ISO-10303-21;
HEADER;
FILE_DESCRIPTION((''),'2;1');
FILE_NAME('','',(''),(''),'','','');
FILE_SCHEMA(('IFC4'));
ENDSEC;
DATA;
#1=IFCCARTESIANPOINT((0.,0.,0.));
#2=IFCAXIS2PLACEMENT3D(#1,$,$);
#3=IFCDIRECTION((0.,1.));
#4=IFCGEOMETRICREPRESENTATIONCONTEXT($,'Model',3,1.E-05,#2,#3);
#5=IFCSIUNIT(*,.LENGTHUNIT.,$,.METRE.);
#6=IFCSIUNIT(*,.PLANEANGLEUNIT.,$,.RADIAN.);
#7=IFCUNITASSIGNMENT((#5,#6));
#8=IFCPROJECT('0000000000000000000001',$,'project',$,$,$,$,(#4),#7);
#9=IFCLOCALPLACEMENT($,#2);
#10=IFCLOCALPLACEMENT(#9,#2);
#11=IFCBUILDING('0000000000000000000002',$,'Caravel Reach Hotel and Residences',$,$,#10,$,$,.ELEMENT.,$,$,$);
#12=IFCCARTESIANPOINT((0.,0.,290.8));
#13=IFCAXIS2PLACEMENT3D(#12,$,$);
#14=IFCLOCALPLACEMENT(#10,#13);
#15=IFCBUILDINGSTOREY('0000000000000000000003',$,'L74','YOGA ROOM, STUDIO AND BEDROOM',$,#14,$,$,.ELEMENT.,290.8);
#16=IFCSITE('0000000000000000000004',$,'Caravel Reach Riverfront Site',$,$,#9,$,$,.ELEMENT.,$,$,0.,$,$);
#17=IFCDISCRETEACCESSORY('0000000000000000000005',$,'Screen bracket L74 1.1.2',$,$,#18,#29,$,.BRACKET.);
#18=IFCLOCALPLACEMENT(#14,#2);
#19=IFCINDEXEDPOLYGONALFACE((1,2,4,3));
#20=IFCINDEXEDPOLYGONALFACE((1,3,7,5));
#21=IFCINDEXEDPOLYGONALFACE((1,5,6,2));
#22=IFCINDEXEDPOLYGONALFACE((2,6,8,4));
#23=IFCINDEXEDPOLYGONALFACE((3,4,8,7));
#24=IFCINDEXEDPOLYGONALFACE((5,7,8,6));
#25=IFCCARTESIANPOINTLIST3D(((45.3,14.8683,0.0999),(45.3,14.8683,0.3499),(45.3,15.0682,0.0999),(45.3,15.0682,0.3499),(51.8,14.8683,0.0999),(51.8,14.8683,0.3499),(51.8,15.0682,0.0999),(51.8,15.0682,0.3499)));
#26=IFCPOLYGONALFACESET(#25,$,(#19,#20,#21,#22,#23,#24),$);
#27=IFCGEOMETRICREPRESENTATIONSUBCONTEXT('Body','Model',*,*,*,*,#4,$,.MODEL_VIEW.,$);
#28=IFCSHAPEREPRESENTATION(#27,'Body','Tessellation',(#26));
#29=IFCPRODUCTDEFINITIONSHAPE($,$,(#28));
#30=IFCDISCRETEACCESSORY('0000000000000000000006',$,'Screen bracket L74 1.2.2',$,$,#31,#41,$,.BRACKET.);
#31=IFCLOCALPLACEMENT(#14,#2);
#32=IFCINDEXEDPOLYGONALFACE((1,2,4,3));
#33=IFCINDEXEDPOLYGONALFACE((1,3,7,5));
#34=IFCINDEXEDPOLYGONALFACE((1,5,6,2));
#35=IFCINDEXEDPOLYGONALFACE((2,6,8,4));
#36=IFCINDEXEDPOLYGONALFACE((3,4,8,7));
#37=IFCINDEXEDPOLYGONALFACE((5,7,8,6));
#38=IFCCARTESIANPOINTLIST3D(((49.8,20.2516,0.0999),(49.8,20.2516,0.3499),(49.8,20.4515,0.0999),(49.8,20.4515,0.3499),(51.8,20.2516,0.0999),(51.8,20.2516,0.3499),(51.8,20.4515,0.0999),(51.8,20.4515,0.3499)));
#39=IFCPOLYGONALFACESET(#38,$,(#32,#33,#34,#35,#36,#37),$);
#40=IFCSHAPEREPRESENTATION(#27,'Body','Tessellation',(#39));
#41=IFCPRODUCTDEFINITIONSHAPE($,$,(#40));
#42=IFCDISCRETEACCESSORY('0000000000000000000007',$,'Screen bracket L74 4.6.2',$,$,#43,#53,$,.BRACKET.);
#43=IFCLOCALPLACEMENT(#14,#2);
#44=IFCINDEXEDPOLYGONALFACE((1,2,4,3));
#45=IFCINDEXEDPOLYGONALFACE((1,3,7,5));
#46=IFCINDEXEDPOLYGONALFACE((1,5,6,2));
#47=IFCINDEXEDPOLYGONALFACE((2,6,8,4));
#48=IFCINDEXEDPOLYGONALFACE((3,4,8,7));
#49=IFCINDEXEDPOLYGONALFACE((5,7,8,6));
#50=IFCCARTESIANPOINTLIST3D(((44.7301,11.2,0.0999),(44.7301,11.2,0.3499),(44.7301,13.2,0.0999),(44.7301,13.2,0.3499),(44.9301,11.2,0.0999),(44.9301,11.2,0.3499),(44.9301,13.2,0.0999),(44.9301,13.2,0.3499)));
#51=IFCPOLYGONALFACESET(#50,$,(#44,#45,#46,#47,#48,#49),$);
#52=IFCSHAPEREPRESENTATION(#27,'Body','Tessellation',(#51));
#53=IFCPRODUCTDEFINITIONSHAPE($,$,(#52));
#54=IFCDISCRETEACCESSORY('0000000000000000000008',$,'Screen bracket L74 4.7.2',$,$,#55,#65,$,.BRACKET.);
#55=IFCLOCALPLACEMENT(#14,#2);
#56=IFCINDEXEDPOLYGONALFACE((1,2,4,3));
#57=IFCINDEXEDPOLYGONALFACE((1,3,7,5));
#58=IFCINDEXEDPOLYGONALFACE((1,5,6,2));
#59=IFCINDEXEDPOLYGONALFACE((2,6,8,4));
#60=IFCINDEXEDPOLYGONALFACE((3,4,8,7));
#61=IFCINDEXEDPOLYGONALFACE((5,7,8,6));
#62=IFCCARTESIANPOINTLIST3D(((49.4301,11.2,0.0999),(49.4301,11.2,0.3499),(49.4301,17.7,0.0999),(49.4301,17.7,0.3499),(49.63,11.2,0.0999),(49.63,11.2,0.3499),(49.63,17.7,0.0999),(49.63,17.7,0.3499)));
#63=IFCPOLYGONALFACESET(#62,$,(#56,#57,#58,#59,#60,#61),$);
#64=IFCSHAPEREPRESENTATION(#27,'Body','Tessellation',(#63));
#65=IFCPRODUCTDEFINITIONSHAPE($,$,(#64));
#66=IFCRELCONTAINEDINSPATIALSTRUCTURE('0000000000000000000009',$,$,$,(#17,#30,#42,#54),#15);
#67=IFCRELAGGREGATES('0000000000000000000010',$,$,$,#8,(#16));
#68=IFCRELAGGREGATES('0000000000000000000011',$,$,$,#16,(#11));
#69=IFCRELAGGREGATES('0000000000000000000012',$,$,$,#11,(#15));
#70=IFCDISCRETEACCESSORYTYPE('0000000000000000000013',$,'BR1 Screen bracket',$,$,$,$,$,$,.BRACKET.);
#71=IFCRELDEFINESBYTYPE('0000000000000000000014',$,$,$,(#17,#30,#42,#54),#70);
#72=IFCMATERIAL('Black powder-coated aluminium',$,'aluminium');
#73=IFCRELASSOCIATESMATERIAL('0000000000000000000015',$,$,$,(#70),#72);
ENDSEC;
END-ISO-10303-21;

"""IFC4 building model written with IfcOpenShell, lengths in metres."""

from ifc_helpers import new_model, si_unit, direction, frame, origin, origin_2d, place, context, subcontext, project, spatial, rectangle, extrude, material, type_object, element, save


model = new_model("IFC4")

# Units and contexts
model_context = context("Model", 3, precision=1e-05, world=origin(), true_north=direction((0.0, 1.0)))
body_context = subcontext(model_context, "Body", "Model", "MODEL_VIEW")
ifc_project = project(units=[si_unit("LENGTHUNIT", "METRE"), si_unit("PLANEANGLEUNIT", "RADIAN")], contexts=[model_context])

# Site, building, storey
site_placement = place(None, origin())
site = spatial("IfcSite", under=ifc_project, at=site_placement, Name="Caravel Reach Riverfront Site", CompositionType="ELEMENT", RefElevation=0.0)
building_placement = place(site_placement, origin())
building = spatial("IfcBuilding", under=site, at=building_placement, Name="Caravel Reach Hotel and Residences", CompositionType="ELEMENT")
storey_placement = place(building_placement, frame((0.0, 0.0, 290.8)))
storey = spatial("IfcBuildingStorey", under=building, at=storey_placement, Name="L74", Description="YOGA ROOM, STUDIO AND BEDROOM", CompositionType="ELEMENT", Elevation=290.8)

# Discrete accessories
ifc_material_1 = material(Name="Black powder-coated aluminium", Category="aluminium")
discrete_accessory_type = type_object("IfcDiscreteAccessoryType", Name="BR1 Screen bracket", PredefinedType="BRACKET", material=ifc_material_1)
discrete_accessory_1_placement = place(storey_placement, frame((48.55, 14.9683, 0.0999), z_axis=(0.0, 0.0, 1.0), x_axis=(1.0, 0.0, 0.0)))
element("IfcDiscreteAccessory", 1, at=discrete_accessory_1_placement, inside=storey, type_object=discrete_accessory_type, Name="Screen bracket L74 1.1.2", PredefinedType="BRACKET", context=body_context, shape_type="SweptSolid", body=[
    extrude(rectangle(XDim=6.5, YDim=0.2, at=origin_2d()), origin(), (0.0, 0.0, 1.0), 0.25),
])
for number, where, z_axis, x_axis, name in (
    (2, (50.8, 20.3516, 0.0999), (0.0, 0.0, 1.0), (1.0, 0.0, 0.0), "Screen bracket L74 1.2.2"),
    (3, (44.8301, 12.2, 0.0999), (0.0, 0.0, 1.0), (0.0, -1.0, 0.0), "Screen bracket L74 4.6.2"),
):
    element("IfcDiscreteAccessory", number, at=place(storey_placement, frame(where, z_axis=z_axis, x_axis=x_axis)), inside=storey, type_object=discrete_accessory_type, Name=name, PredefinedType="BRACKET", context=body_context, shape_type="SweptSolid", body=[
        extrude(rectangle(XDim=2.0, YDim=0.2, at=origin_2d()), origin(), (0.0, 0.0, 1.0), 0.25),
    ])
discrete_accessory_2_placement = place(storey_placement, frame((49.53, 14.45, 0.0999), z_axis=(0.0, 0.0, 1.0), x_axis=(0.0, -1.0, 0.0)))
element("IfcDiscreteAccessory", 4, at=discrete_accessory_2_placement, inside=storey, type_object=discrete_accessory_type, Name="Screen bracket L74 4.7.2", PredefinedType="BRACKET", context=body_context, shape_type="SweptSolid", body=[
    extrude(rectangle(XDim=6.5, YDim=0.2, at=origin_2d()), origin(), (0.0, 0.0, 1.0), 0.25),
])

save(model, "model.ifc")
